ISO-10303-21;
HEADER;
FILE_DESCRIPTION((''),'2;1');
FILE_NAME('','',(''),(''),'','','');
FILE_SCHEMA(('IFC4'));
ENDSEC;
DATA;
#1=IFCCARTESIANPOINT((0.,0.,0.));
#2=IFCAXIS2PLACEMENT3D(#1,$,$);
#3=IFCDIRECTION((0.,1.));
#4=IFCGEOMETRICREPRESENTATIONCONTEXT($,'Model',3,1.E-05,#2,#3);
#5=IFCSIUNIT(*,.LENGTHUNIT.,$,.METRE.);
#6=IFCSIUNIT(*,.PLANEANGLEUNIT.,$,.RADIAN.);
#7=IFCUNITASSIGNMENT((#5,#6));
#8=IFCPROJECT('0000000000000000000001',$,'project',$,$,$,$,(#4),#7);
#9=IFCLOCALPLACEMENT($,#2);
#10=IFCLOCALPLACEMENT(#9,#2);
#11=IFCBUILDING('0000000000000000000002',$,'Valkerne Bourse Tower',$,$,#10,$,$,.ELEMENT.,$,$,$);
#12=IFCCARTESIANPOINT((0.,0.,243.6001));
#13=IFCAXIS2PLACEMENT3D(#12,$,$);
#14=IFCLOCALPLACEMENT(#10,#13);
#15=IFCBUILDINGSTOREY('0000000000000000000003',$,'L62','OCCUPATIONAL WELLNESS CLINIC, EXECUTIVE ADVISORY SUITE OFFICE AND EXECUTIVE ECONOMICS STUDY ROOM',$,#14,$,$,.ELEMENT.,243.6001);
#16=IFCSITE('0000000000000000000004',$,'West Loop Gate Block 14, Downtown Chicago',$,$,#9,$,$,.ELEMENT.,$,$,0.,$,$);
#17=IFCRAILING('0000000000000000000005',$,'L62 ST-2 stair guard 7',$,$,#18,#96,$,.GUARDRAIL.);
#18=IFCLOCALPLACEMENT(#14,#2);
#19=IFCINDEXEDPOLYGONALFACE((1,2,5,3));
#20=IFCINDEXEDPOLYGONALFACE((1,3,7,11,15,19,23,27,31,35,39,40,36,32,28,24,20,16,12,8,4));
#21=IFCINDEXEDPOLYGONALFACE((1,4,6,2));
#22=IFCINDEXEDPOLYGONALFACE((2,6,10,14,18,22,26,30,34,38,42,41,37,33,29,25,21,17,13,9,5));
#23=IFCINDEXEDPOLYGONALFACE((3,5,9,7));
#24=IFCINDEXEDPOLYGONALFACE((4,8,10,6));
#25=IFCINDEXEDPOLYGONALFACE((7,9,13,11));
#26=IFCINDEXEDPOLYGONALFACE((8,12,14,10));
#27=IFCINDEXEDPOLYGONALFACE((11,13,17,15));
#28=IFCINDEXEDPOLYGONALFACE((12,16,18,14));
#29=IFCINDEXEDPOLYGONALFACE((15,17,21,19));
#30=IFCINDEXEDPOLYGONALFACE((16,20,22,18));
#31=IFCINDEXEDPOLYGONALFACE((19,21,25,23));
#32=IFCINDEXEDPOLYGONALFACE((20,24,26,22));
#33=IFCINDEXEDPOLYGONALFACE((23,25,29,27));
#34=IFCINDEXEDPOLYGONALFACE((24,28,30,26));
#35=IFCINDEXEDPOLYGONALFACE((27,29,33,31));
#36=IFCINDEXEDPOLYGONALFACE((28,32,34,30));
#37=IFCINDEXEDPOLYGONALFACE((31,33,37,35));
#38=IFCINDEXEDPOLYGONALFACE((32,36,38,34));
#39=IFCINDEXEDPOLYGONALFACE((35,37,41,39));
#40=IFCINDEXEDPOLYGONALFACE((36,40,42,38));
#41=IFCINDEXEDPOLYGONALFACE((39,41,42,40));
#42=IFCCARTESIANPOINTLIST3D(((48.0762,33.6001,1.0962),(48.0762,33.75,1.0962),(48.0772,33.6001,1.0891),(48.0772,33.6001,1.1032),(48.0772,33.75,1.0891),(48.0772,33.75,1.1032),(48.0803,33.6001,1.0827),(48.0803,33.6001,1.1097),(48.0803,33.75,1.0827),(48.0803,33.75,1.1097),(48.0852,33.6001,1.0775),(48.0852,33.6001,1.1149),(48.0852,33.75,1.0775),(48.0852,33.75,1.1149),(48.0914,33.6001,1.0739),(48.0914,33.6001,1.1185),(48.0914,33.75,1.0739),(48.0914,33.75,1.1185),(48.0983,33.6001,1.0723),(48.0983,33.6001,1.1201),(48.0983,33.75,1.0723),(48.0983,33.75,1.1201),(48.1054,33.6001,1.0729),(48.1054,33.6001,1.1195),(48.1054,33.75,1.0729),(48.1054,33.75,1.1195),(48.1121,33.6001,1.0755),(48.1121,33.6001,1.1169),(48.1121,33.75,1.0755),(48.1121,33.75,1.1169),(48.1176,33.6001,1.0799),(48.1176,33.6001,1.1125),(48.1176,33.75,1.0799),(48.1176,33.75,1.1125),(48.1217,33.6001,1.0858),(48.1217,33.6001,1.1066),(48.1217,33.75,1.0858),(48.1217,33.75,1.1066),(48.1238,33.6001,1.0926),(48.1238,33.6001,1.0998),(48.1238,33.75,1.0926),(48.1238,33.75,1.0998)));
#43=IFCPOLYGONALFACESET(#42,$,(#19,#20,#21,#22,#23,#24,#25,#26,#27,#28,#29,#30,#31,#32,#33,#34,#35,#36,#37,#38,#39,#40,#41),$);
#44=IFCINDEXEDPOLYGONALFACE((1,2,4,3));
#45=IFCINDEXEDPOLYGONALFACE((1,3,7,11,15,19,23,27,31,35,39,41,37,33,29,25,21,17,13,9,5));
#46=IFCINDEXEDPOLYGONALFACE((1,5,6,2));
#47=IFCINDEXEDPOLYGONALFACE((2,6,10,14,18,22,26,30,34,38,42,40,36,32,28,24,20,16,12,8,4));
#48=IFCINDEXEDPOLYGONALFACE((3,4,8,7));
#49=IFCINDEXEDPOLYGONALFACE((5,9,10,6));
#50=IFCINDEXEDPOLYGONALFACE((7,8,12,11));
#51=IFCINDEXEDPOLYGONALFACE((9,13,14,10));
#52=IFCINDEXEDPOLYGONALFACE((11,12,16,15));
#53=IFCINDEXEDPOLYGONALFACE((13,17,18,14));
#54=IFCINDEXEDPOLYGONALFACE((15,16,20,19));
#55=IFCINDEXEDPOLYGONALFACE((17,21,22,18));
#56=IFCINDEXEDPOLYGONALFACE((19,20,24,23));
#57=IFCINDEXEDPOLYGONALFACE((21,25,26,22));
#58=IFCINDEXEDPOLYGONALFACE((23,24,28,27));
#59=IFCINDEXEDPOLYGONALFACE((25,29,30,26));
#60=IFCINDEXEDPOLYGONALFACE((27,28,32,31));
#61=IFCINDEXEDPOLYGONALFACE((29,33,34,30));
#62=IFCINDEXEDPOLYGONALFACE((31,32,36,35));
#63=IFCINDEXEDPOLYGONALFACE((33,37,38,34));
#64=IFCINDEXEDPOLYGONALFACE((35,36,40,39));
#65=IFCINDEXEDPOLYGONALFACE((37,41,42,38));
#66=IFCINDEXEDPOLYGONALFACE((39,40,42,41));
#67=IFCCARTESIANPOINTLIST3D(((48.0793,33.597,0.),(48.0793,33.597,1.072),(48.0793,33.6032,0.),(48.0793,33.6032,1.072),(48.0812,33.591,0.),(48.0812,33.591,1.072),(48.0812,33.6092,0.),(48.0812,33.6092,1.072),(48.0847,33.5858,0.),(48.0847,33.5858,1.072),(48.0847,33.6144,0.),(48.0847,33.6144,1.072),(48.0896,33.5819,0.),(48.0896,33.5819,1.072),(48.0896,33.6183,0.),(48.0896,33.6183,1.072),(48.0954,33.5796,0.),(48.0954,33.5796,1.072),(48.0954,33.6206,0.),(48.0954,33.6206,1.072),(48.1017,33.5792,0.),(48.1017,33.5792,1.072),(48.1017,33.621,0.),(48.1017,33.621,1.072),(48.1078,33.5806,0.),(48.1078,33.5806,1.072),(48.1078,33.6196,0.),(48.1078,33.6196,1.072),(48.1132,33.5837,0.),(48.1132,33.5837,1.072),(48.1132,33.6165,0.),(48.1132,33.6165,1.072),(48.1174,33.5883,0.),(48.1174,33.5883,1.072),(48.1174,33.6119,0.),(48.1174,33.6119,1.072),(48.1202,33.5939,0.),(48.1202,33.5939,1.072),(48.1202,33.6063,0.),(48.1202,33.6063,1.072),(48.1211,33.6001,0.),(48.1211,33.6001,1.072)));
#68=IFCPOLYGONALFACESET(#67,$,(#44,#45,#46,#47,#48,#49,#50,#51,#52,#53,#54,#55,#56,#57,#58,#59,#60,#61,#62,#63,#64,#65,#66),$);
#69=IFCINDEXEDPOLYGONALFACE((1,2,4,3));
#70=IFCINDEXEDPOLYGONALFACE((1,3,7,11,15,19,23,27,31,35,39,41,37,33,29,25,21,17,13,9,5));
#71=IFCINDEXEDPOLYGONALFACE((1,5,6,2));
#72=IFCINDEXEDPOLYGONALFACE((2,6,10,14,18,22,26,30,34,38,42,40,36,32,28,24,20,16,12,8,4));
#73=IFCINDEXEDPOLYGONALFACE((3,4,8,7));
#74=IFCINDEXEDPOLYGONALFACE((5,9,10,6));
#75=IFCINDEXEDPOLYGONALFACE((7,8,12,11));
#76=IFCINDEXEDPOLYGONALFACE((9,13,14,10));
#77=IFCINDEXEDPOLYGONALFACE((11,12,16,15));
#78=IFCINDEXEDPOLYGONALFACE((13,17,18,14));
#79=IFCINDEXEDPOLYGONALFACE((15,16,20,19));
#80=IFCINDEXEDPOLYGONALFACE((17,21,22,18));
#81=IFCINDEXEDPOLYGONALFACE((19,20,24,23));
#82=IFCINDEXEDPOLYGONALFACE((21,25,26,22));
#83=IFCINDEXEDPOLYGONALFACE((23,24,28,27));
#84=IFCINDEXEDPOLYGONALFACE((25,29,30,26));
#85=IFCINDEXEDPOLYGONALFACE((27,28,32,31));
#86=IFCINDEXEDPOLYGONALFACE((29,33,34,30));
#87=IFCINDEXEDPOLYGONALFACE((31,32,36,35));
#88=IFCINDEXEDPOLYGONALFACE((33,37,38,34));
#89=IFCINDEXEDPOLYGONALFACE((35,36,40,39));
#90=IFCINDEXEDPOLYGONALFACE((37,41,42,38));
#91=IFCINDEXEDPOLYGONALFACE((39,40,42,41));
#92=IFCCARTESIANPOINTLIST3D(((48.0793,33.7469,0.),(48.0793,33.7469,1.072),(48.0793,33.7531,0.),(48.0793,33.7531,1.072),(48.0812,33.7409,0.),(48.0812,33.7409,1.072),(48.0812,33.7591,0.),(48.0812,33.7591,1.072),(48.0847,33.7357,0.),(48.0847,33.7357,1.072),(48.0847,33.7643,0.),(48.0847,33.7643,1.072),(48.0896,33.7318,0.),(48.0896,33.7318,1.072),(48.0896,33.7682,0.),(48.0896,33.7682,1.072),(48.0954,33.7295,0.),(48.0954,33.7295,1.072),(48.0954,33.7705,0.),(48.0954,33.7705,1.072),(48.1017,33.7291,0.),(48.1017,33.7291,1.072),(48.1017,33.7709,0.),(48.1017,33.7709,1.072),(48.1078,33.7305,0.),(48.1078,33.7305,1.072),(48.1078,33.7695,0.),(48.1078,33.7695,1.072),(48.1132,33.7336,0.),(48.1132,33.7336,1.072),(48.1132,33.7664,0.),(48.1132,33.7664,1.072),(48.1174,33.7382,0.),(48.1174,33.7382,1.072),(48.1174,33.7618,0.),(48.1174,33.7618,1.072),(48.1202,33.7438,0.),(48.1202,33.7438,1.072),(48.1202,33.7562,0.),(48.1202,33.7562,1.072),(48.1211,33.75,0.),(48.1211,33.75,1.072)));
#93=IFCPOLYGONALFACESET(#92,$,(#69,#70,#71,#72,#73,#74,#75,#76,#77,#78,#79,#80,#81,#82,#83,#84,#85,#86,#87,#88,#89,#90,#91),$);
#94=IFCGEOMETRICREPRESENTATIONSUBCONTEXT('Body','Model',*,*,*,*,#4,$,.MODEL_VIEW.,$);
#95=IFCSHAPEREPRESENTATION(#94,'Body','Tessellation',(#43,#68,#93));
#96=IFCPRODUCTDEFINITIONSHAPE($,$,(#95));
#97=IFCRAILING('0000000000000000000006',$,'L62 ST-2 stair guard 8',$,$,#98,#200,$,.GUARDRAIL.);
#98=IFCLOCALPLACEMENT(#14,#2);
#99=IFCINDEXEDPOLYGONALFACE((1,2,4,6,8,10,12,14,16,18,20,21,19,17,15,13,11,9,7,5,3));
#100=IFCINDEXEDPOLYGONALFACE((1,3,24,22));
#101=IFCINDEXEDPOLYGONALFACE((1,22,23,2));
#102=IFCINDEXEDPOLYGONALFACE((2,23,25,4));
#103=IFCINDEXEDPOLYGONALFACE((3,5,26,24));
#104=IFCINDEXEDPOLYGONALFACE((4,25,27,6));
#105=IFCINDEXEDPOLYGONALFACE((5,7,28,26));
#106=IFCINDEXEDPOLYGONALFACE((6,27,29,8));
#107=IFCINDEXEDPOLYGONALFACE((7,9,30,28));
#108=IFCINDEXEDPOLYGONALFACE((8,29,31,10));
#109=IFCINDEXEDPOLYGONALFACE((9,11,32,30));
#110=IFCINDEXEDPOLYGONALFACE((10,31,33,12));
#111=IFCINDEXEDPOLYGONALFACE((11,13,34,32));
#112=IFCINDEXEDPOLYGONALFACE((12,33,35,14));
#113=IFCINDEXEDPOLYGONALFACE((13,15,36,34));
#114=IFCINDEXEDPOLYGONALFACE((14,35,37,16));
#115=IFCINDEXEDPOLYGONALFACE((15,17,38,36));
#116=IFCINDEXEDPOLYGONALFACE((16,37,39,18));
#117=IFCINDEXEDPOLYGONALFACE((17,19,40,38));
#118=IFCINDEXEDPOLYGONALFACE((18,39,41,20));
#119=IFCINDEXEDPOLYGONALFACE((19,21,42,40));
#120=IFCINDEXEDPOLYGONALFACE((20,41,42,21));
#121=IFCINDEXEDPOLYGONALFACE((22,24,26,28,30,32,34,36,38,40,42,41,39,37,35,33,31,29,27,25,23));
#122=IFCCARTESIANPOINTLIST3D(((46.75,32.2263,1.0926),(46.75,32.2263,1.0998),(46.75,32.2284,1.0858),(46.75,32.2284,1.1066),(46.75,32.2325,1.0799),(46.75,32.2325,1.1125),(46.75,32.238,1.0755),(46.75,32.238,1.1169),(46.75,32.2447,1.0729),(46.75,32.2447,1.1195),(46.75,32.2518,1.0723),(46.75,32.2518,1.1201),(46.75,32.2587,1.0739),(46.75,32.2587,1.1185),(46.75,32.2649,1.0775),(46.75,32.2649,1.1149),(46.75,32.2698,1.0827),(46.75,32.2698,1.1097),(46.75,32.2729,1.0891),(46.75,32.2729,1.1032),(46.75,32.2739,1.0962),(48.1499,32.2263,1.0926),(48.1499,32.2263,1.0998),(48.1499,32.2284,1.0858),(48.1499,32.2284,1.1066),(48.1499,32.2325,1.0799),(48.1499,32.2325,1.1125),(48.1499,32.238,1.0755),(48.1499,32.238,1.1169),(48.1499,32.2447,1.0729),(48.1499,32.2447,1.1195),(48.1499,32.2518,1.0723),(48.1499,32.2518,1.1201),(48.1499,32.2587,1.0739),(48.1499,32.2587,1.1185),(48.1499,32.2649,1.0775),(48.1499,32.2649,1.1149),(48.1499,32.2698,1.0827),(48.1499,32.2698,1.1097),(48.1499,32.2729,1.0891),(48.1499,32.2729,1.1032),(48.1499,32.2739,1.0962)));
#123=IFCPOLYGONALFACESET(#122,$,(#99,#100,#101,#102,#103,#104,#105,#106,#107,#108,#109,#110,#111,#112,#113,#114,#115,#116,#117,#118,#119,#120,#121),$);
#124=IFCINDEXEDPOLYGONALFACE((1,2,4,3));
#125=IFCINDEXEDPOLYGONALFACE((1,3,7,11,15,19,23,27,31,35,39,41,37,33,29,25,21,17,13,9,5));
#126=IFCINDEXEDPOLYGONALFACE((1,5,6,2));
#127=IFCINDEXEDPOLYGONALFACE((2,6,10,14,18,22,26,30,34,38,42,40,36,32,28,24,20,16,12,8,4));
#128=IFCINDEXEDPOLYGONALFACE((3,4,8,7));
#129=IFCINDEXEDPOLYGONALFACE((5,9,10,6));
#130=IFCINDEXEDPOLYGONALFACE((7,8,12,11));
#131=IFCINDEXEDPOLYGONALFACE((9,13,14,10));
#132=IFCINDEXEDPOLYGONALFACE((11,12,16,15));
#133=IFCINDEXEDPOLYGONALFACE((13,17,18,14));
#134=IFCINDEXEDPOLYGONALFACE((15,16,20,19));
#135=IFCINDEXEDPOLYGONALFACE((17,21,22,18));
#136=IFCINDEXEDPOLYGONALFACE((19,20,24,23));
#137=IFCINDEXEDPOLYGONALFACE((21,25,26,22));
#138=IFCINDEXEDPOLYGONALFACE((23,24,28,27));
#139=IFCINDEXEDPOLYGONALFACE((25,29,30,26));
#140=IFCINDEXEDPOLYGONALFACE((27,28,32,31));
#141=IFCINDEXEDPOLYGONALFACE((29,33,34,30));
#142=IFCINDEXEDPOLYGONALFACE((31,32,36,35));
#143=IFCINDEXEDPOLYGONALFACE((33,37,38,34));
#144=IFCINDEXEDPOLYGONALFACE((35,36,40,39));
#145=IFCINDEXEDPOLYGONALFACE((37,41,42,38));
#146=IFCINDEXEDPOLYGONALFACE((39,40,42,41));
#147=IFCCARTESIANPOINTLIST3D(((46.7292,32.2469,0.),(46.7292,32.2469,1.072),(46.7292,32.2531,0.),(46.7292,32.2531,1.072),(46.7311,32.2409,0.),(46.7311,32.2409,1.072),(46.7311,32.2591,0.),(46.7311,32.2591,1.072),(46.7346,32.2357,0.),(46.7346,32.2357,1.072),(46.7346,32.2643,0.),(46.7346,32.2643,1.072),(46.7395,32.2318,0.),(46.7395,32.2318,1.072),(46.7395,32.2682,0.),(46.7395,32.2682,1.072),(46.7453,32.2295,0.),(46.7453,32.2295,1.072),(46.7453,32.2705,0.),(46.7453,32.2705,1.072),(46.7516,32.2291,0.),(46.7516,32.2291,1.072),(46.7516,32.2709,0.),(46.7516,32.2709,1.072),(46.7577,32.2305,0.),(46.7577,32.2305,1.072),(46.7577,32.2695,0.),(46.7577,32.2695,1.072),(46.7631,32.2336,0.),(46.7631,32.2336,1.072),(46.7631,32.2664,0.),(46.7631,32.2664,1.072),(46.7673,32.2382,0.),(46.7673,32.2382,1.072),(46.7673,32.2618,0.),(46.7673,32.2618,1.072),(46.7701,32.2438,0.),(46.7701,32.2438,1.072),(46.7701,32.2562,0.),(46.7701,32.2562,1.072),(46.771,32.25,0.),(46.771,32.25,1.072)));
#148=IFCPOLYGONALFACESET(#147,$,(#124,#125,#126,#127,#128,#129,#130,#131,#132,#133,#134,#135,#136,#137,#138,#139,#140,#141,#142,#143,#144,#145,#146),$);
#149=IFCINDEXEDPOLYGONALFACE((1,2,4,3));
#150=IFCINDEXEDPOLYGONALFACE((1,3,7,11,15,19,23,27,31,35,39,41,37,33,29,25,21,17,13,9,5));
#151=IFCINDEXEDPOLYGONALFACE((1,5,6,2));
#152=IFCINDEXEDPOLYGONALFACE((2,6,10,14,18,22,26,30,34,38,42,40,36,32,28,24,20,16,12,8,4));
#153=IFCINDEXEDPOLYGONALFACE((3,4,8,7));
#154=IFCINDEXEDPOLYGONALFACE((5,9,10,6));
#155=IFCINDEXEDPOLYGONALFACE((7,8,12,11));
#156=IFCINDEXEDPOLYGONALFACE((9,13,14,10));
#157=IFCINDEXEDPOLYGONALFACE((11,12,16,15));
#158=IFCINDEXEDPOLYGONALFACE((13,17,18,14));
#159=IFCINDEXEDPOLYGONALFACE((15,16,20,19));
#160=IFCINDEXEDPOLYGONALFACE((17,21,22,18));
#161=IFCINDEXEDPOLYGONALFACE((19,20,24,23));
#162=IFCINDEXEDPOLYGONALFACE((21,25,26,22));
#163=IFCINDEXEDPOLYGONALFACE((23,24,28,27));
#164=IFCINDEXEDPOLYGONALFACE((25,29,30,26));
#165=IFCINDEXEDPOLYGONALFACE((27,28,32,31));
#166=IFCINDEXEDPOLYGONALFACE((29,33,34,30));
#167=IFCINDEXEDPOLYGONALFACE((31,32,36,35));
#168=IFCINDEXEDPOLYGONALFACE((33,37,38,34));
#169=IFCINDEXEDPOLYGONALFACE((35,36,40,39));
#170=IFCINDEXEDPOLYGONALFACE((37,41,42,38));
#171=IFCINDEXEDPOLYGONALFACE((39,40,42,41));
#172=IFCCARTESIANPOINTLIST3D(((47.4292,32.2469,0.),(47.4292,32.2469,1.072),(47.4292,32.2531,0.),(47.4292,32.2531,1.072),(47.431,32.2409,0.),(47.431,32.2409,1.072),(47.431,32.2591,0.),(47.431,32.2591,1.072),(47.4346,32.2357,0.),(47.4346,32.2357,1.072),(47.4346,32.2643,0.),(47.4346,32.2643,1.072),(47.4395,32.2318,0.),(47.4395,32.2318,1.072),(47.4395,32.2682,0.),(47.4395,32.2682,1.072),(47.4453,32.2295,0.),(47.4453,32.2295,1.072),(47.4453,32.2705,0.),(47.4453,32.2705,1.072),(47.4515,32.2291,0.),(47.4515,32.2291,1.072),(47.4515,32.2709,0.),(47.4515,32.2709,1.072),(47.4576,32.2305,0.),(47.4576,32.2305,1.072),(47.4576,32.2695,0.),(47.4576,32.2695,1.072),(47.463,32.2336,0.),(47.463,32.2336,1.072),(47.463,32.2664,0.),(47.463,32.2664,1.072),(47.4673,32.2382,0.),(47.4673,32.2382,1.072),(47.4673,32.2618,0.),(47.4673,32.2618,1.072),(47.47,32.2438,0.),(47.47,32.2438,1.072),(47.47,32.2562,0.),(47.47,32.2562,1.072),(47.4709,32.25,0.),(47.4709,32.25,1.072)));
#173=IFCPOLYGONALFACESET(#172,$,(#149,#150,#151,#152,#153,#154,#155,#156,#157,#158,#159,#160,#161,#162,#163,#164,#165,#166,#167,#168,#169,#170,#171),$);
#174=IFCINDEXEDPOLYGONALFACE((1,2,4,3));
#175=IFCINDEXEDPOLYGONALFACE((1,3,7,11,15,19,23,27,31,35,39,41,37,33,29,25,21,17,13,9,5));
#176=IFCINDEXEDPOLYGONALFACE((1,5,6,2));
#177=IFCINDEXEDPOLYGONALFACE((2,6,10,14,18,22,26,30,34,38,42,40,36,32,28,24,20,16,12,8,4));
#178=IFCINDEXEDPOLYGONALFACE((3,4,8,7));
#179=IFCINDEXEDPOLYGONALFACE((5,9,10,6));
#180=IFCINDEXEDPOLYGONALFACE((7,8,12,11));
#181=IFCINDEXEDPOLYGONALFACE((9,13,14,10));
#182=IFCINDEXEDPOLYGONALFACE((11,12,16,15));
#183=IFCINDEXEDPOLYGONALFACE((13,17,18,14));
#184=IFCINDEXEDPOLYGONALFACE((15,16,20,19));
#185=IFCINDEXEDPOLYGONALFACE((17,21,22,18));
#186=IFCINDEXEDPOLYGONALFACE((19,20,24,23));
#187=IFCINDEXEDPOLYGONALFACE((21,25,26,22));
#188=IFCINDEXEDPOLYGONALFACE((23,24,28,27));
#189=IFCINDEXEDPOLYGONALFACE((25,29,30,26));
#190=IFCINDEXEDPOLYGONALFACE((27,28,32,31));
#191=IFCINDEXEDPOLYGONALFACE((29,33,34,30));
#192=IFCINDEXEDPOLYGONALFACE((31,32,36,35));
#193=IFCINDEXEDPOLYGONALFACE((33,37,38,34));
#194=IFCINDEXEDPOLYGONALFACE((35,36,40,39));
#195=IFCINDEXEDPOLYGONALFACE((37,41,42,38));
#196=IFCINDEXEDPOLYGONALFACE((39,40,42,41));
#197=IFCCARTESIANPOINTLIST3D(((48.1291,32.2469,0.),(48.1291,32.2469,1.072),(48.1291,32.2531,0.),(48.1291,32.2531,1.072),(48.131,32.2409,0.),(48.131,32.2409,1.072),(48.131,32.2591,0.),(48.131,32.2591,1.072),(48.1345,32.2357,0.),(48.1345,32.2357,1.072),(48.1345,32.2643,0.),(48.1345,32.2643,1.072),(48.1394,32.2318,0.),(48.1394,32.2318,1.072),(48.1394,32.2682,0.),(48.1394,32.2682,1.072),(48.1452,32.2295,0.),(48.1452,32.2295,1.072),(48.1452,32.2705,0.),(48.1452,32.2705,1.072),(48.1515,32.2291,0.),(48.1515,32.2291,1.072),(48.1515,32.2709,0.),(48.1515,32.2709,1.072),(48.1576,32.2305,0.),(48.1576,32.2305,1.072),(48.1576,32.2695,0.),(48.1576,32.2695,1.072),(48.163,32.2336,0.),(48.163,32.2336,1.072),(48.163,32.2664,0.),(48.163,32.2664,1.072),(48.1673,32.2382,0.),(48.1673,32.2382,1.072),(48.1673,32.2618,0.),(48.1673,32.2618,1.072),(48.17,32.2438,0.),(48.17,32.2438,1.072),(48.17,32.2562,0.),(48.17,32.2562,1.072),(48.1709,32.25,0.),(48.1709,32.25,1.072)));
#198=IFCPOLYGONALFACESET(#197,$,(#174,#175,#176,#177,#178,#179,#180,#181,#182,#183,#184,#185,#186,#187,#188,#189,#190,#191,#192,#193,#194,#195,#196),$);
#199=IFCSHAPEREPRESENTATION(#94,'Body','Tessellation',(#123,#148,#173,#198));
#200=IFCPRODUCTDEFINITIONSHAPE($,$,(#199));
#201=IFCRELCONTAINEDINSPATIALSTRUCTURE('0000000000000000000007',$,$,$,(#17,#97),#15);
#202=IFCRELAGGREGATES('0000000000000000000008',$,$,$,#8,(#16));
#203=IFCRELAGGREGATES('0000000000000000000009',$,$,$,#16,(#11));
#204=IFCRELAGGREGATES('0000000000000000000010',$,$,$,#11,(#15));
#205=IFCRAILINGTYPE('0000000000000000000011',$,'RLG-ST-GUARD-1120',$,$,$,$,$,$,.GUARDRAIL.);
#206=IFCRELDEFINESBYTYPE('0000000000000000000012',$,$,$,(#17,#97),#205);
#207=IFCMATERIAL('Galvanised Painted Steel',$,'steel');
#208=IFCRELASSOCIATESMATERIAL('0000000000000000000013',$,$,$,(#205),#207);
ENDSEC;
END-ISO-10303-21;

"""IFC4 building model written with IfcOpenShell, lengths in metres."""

from ifc_helpers import new_model, si_unit, direction, frame, origin, origin_2d, place, context, subcontext, project, spatial, circle, extrude, material, type_object, element, save


model = new_model("IFC4")

# Units and contexts
model_context = context("Model", 3, precision=1e-05, world=origin(), true_north=direction((0.0, 1.0)))
body_context = subcontext(model_context, "Body", "Model", "MODEL_VIEW")
ifc_project = project(units=[si_unit("LENGTHUNIT", "METRE"), si_unit("PLANEANGLEUNIT", "RADIAN")], contexts=[model_context])

# Site, building, storey
site_placement = place(None, origin())
site = spatial("IfcSite", under=ifc_project, at=site_placement, Name="West Loop Gate Block 14, Downtown Chicago", CompositionType="ELEMENT", RefElevation=0.0)
building_placement = place(site_placement, origin())
building = spatial("IfcBuilding", under=site, at=building_placement, Name="Valkerne Bourse Tower", CompositionType="ELEMENT")
storey_placement = place(building_placement, frame((0.0, 0.0, 243.6001)))
storey = spatial("IfcBuildingStorey", under=building, at=storey_placement, Name="L62", Description="OCCUPATIONAL WELLNESS CLINIC, EXECUTIVE ADVISORY SUITE OFFICE AND EXECUTIVE ECONOMICS STUDY ROOM", CompositionType="ELEMENT", Elevation=243.6001)

# Shared definitions
ifc_material_1 = material(Name="Galvanised Painted Steel", Category="steel")

# Railings
railing_type_1 = type_object("IfcRailingType", Name="RLG-ST-GUARD-1120", PredefinedType="GUARDRAIL", material=ifc_material_1)
railing_1_placement = place(storey_placement, frame((48.1001, 33.6001, 0.0)))
element("IfcRailing", 1, at=railing_1_placement, inside=storey, type_object=railing_type_1, Name="L62 ST-2 stair guard 7", PredefinedType="GUARDRAIL", context=body_context, shape_type="SweptSolid", body=[
    extrude(circle(Radius=0.0239, at=origin_2d()), frame((0.0, 0.0, 1.0962), z_axis=(0.0, 1.0, 0.0), x_axis=(-1.0, 0.0, 0.0)), (0.0, 0.0, 1.0), 0.1499),
    extrude(circle(Radius=0.021, at=origin_2d()), origin(), (0.0, 0.0, 1.0), 1.072),
    extrude(circle(Radius=0.021, at=origin_2d()), frame((0.0, 0.1499, 0.0)), (0.0, 0.0, 1.0), 1.072),
])
for number, where, name in (
    (2, (46.75, 32.25, 0.0), "L62 ST-2 stair guard 8"),
):
    element("IfcRailing", number, at=place(storey_placement, frame(where)), inside=storey, type_object=railing_type_1, Name=name, PredefinedType="GUARDRAIL", context=body_context, shape_type="SweptSolid", body=[
        extrude(circle(Radius=0.0239, at=origin_2d()), frame((0.0, 0.0, 1.0962), z_axis=(1.0, 0.0, 0.0), x_axis=(0.0, 1.0, 0.0)), (0.0, 0.0, 1.0), 1.3999),
        extrude(circle(Radius=0.021, at=origin_2d()), origin(), (0.0, 0.0, 1.0), 1.072),
        extrude(circle(Radius=0.021, at=origin_2d()), frame((0.7, 0.0, 0.0)), (0.0, 0.0, 1.0), 1.072),
        extrude(circle(Radius=0.021, at=origin_2d()), frame((1.3999, 0.0, 0.0)), (0.0, 0.0, 1.0), 1.072),
    ])

save(model, "model.ifc")
